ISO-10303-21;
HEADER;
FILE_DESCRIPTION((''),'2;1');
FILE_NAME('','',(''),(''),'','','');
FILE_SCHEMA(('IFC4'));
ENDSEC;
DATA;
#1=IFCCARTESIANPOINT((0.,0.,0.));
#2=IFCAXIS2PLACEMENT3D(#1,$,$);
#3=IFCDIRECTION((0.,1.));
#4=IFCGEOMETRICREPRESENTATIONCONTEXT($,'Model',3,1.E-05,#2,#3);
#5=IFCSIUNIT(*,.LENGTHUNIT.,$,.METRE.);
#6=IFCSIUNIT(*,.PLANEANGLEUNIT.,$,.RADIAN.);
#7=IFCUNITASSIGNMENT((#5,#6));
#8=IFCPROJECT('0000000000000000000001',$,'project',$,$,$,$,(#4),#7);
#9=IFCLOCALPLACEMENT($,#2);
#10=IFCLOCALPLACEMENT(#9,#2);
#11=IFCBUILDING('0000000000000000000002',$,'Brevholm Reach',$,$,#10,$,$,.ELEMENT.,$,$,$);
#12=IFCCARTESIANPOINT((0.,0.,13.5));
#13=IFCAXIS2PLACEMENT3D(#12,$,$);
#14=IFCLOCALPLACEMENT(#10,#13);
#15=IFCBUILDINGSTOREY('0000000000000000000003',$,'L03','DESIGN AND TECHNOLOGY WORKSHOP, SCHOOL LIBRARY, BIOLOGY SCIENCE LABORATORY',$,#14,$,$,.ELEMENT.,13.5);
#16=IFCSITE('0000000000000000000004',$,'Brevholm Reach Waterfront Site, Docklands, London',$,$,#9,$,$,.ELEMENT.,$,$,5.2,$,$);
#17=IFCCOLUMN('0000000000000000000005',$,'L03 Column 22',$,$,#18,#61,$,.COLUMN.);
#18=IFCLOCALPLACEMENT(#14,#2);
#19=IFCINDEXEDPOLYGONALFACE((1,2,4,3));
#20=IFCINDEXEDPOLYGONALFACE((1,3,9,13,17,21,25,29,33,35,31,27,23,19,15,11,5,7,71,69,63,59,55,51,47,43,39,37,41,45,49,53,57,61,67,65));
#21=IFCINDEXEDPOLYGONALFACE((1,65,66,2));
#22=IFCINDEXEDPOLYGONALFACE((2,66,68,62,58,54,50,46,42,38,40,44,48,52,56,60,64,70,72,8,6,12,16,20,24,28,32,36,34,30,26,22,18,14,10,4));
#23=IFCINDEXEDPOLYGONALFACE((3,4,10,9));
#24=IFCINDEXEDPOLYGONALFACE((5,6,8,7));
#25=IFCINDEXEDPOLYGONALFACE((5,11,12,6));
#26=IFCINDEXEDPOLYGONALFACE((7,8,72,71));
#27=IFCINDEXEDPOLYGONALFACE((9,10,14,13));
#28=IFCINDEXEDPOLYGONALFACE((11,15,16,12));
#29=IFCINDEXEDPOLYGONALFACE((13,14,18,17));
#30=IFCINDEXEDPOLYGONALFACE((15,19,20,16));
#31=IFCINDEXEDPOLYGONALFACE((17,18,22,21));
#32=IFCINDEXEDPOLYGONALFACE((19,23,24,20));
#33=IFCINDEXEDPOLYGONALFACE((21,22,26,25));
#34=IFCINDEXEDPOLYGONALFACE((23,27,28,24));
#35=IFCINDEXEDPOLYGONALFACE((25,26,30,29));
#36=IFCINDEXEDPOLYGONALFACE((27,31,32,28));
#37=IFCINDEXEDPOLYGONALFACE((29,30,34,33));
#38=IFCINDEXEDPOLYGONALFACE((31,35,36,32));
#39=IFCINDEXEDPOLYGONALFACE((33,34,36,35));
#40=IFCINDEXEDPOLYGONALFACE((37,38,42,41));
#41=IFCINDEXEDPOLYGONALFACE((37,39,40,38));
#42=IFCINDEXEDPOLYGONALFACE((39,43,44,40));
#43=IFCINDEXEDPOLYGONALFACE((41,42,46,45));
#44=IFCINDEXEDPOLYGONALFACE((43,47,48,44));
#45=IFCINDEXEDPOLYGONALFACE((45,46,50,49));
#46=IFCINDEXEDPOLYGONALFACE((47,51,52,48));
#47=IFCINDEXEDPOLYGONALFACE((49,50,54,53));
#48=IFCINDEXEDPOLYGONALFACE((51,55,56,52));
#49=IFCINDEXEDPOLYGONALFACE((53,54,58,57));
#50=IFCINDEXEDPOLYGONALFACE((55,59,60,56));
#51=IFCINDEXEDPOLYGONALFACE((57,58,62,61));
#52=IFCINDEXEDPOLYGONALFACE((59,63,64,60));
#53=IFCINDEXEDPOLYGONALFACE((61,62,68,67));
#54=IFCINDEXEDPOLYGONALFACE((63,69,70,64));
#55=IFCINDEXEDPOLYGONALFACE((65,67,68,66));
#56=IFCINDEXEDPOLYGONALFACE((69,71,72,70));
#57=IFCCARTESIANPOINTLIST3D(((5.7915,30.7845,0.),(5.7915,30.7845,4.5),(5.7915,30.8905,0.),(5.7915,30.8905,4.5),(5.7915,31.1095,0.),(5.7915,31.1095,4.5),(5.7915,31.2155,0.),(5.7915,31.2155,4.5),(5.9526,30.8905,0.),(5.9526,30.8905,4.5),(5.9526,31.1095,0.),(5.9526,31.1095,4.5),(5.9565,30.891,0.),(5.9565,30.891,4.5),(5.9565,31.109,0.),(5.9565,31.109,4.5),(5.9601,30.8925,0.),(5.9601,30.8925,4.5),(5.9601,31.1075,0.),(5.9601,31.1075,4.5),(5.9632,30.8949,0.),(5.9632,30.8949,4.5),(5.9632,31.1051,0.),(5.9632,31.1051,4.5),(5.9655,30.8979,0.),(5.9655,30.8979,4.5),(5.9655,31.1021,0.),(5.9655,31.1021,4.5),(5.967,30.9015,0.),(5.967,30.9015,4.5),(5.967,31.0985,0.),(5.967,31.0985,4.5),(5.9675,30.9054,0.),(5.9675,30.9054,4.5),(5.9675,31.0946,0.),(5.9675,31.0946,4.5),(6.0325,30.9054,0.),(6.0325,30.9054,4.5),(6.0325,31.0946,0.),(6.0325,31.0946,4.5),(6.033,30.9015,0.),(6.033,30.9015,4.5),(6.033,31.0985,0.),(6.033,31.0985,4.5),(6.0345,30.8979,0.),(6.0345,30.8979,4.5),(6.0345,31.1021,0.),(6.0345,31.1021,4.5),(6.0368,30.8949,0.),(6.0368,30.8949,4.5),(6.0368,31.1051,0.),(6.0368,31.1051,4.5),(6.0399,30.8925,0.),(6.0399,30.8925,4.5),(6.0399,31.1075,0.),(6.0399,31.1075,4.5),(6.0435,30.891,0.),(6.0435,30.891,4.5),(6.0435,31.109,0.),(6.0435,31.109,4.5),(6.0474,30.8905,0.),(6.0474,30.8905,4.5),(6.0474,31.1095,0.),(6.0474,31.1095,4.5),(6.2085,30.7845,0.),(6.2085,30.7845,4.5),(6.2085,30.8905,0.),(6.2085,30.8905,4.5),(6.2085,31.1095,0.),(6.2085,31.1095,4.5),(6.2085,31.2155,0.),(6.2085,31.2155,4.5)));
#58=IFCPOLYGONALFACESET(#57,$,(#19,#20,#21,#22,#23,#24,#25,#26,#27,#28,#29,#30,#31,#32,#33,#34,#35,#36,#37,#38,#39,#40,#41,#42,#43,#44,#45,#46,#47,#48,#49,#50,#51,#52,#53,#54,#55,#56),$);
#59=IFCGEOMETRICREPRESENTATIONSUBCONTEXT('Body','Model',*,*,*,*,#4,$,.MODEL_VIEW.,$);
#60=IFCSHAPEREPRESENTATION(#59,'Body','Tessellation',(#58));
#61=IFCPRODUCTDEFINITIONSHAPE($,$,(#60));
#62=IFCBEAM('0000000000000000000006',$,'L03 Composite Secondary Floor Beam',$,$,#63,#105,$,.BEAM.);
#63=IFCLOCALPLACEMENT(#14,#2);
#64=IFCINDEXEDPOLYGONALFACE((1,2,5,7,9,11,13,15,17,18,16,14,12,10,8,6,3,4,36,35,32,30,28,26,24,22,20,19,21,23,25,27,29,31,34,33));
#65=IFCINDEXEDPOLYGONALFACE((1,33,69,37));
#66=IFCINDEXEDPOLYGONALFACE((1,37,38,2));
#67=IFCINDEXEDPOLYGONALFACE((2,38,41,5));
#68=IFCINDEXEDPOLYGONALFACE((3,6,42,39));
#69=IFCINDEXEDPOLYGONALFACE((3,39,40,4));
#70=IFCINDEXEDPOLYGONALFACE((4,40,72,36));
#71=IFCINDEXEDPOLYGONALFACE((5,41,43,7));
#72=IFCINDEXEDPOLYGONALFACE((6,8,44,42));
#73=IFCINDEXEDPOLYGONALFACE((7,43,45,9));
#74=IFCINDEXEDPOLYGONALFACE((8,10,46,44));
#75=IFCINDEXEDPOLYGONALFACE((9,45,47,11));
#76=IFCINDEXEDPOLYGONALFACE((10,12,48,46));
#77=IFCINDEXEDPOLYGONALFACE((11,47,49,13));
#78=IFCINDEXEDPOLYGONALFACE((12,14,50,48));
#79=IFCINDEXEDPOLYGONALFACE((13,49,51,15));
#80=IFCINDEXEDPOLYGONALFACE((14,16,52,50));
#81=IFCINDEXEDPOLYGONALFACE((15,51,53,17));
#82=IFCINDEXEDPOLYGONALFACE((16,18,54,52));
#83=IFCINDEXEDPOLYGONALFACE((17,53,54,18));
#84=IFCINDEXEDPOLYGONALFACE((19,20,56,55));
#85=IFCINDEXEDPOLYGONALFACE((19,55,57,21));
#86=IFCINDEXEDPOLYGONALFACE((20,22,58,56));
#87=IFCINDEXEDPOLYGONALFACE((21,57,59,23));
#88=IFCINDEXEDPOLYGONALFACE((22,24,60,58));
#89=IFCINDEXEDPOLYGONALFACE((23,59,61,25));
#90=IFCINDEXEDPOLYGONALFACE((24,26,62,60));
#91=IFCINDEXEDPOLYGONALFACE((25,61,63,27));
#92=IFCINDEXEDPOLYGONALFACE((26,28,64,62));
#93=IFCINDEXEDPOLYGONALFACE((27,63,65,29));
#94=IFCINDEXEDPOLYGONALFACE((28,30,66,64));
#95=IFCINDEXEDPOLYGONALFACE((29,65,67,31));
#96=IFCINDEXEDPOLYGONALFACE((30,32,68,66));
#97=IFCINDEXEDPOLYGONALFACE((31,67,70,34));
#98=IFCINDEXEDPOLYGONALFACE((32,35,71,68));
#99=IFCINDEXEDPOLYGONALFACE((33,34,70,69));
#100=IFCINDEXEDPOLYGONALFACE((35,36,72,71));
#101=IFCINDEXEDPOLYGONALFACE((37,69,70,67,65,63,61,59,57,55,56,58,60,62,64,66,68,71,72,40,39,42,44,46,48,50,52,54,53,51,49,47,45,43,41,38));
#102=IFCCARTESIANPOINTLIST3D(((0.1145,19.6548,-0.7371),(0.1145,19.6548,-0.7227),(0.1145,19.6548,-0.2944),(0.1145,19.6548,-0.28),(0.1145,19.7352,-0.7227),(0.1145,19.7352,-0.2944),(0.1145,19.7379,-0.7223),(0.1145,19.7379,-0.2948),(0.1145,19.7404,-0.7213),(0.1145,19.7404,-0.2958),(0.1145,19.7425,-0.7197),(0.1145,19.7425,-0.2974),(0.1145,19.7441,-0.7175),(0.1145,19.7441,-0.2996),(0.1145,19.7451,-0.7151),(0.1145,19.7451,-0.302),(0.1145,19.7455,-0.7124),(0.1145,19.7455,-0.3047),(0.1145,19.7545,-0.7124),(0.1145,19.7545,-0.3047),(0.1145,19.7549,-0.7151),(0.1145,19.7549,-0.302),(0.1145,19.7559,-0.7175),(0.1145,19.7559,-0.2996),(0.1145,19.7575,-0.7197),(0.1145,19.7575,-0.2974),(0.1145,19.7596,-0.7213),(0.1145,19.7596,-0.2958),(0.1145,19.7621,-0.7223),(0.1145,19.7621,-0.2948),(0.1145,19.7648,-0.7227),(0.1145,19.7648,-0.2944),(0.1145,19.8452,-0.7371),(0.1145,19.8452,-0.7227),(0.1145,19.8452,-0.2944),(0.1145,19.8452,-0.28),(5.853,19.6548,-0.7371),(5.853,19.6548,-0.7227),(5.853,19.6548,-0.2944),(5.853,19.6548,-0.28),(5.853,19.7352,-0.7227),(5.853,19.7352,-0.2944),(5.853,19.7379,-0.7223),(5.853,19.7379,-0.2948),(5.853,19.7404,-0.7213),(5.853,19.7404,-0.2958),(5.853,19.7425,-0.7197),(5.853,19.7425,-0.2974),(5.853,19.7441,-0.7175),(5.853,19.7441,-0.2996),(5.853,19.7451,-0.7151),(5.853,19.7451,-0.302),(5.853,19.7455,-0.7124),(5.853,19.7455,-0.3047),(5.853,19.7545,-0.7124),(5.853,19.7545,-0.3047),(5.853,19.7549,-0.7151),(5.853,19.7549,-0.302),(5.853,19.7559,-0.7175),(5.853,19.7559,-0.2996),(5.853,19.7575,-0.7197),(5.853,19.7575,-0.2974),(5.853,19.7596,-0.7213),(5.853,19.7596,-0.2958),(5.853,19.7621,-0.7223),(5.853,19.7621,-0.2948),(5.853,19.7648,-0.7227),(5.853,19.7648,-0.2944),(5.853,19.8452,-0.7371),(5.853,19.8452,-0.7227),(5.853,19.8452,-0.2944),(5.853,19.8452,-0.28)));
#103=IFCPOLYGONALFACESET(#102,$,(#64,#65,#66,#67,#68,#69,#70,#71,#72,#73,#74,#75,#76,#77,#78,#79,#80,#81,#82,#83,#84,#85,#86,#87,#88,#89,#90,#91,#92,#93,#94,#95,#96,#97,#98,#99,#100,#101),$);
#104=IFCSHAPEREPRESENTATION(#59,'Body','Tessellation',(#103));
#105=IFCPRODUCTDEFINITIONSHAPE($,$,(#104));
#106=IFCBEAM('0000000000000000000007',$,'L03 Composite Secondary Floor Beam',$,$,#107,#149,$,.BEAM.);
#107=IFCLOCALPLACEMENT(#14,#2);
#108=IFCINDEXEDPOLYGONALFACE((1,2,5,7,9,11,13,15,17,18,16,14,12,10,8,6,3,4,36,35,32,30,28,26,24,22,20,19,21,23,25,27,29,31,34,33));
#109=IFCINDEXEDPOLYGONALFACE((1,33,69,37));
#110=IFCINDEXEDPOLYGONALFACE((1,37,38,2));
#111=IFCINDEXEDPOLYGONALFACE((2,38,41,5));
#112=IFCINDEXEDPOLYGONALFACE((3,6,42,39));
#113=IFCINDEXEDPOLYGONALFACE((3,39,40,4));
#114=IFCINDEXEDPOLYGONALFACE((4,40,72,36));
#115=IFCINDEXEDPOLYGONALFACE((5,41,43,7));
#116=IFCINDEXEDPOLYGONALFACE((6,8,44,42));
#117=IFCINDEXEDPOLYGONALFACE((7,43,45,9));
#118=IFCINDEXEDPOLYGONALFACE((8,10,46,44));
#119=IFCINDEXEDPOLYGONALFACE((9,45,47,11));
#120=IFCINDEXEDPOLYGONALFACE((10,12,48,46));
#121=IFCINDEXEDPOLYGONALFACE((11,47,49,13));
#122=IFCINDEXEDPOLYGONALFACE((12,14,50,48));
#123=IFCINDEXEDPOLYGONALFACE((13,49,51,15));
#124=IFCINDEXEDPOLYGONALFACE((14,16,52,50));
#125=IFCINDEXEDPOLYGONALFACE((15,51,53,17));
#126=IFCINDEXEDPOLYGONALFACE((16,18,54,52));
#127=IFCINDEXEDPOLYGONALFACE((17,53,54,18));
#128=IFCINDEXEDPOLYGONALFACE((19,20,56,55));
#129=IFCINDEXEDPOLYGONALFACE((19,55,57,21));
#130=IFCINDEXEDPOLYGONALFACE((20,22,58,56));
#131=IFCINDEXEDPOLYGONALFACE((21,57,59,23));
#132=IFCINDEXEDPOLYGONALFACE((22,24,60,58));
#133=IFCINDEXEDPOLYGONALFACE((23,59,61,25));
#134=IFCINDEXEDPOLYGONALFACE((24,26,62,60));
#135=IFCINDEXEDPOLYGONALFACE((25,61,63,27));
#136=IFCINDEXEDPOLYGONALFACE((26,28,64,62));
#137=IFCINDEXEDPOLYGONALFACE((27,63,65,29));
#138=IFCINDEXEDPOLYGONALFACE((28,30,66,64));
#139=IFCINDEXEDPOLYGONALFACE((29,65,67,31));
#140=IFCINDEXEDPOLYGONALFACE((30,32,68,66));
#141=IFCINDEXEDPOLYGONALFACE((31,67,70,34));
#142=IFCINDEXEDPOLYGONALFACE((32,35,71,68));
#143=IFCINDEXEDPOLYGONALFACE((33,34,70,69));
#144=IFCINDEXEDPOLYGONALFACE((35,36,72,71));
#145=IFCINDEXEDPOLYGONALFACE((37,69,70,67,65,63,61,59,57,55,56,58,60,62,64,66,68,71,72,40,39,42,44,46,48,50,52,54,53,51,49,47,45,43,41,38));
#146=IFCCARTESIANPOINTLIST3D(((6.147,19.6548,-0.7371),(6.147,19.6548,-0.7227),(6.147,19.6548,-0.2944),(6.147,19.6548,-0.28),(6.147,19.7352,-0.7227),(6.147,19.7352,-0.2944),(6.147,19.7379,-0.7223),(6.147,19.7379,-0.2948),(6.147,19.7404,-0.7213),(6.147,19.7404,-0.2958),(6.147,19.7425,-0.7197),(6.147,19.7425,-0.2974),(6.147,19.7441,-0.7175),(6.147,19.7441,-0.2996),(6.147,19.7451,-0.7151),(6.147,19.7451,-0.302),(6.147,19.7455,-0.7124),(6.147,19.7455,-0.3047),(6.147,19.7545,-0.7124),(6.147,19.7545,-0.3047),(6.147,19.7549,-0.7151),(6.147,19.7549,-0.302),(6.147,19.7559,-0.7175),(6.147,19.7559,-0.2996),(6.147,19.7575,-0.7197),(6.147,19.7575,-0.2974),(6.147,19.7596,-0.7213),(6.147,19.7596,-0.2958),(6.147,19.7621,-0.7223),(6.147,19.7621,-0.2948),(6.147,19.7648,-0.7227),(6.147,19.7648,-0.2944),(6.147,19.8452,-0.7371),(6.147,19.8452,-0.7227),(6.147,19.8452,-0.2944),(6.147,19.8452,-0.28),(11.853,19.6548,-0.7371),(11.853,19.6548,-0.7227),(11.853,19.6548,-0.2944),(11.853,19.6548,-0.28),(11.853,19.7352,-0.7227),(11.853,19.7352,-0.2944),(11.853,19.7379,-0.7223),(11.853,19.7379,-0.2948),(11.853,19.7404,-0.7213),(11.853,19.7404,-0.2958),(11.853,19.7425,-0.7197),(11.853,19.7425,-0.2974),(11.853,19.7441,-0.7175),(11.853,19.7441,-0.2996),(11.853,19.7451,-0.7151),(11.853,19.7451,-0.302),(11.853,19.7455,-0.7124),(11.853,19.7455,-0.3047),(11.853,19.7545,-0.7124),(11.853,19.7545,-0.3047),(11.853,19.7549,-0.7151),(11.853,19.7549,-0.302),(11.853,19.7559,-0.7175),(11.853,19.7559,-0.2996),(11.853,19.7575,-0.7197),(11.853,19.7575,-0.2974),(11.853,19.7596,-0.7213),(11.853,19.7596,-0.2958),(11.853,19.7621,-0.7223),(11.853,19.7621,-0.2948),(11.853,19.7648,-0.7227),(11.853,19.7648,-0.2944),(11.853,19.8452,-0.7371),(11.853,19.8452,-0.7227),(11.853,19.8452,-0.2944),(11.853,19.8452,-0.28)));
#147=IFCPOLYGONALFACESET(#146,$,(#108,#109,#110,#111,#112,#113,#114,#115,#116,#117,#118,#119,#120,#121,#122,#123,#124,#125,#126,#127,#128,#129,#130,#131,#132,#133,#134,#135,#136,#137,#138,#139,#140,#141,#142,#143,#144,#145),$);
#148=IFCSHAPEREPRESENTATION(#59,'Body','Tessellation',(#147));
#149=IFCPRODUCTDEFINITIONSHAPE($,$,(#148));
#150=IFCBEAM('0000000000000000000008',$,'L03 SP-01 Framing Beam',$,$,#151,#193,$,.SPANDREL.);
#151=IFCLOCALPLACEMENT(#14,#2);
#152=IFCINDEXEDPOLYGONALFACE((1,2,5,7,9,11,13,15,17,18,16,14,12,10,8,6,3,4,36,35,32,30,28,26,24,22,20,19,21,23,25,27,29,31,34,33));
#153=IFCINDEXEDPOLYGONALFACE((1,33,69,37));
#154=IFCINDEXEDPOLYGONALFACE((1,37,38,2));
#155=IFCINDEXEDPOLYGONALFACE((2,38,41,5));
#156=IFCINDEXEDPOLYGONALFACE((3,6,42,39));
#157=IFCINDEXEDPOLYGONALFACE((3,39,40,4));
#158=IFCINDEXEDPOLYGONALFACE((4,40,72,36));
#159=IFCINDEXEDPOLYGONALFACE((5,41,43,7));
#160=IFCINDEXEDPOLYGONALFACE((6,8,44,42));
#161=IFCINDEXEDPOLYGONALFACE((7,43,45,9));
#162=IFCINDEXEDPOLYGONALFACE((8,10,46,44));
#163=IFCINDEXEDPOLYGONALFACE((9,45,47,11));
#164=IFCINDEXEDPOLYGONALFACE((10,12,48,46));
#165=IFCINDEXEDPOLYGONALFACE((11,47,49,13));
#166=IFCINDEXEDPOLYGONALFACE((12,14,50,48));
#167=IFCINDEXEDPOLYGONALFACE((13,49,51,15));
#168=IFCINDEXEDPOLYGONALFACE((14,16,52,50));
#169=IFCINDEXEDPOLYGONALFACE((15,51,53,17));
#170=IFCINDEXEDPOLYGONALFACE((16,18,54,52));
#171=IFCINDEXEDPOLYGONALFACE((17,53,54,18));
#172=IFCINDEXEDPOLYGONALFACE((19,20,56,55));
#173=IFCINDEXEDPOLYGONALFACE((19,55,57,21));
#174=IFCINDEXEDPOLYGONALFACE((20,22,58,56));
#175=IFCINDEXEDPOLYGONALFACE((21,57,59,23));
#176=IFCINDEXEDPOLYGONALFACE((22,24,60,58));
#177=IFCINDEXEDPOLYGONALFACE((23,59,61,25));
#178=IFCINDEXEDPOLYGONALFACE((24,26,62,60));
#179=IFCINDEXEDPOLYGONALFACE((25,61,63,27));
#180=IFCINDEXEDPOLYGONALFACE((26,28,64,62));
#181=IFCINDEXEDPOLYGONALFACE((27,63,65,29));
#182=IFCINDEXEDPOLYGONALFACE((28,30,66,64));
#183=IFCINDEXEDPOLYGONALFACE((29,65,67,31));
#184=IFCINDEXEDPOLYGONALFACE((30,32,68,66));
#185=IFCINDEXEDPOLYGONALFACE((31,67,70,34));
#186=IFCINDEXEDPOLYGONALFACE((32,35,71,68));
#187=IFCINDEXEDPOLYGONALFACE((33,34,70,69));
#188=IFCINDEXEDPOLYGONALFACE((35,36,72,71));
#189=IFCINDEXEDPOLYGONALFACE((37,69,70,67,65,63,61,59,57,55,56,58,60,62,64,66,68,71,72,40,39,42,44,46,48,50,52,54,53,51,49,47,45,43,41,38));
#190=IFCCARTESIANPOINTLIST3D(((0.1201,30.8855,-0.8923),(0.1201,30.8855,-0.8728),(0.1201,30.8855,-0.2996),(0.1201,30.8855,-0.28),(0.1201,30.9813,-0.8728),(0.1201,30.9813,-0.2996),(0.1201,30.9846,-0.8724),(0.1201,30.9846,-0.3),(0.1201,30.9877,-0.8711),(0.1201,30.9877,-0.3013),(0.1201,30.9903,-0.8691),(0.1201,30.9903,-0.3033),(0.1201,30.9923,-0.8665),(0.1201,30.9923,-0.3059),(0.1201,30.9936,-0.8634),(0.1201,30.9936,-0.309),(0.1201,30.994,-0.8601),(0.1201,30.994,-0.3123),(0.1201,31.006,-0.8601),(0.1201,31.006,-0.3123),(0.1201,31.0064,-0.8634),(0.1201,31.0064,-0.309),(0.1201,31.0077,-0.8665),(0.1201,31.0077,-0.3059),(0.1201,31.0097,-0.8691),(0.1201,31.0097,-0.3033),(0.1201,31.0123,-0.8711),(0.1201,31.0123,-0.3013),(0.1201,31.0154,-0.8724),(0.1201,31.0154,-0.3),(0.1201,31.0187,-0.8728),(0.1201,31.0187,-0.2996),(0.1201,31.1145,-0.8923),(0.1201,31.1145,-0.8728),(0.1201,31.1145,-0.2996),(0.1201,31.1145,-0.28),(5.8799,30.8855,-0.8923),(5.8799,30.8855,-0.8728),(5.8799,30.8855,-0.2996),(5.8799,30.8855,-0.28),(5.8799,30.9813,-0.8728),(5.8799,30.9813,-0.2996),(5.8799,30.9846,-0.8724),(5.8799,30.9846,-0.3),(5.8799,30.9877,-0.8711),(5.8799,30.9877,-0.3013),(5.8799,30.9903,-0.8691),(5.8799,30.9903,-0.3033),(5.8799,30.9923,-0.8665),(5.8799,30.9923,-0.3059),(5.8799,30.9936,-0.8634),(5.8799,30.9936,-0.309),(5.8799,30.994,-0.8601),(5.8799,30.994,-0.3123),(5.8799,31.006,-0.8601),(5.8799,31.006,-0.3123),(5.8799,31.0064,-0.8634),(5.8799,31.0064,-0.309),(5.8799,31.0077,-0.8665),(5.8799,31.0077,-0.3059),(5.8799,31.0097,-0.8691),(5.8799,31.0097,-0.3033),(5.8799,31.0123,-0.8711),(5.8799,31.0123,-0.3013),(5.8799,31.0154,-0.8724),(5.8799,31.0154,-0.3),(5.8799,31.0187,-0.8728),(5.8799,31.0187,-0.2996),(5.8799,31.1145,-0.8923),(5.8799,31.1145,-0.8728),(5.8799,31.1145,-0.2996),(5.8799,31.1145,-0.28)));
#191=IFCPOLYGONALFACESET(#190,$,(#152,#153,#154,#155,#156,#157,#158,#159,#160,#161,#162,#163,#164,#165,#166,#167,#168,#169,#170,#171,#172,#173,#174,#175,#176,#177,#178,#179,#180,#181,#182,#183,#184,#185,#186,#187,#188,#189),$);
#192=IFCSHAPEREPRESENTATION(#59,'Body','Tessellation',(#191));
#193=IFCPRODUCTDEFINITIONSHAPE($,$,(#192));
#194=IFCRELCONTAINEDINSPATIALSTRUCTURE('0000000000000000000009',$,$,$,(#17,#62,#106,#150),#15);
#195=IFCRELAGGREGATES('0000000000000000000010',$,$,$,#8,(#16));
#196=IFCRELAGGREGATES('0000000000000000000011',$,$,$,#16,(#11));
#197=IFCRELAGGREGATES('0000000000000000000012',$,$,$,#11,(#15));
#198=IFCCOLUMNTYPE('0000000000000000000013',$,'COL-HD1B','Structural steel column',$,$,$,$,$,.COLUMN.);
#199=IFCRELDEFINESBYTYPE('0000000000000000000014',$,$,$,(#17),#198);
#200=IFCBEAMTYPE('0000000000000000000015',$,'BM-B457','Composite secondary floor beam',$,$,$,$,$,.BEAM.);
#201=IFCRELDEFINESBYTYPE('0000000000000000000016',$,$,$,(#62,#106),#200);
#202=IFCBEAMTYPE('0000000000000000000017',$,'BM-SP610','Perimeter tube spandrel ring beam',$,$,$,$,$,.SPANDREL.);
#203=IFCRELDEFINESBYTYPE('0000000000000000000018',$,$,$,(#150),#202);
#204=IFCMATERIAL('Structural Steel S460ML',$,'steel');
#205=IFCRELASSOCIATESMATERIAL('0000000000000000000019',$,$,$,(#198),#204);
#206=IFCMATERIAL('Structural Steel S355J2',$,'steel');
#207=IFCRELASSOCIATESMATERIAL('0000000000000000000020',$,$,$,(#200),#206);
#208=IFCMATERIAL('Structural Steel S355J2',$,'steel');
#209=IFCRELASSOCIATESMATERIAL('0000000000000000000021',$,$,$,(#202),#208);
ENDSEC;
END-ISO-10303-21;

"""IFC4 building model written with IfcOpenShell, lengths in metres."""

from ifc_helpers import new_model, si_unit, direction, frame, origin, origin_2d, place, context, subcontext, project, spatial, i_section, extrude, material, material_profile, profile_set, type_object, element, save


model = new_model("IFC4")

# Units and contexts
model_context = context("Model", 3, precision=1e-05, world=origin(), true_north=direction((0.0, 1.0)))
body_context = subcontext(model_context, "Body", "Model", "MODEL_VIEW")
ifc_project = project(units=[si_unit("LENGTHUNIT", "METRE"), si_unit("PLANEANGLEUNIT", "RADIAN")], contexts=[model_context])

# Site, building, storey
site_placement = place(None, origin())
site = spatial("IfcSite", under=ifc_project, at=site_placement, Name="Brevholm Reach Waterfront Site, Docklands, London", CompositionType="ELEMENT", RefElevation=5.2)
building_placement = place(site_placement, origin())
building = spatial("IfcBuilding", under=site, at=building_placement, Name="Brevholm Reach", CompositionType="ELEMENT")
storey_placement = place(building_placement, frame((0.0, 0.0, 13.5)))
storey = spatial("IfcBuildingStorey", under=building, at=storey_placement, Name="L03", Description="DESIGN AND TECHNOLOGY WORKSHOP, SCHOOL LIBRARY, BIOLOGY SCIENCE LABORATORY", CompositionType="ELEMENT", Elevation=13.5)

# Column
ifc_material_1 = material(Name="Structural Steel S460ML", Category="steel")
ifc_material_profile_1 = material_profile(ifc_material_1, i_section(OverallWidth=0.417, OverallDepth=0.4309, WebThickness=0.0649, FlangeThickness=0.106, FilletRadius=0.0149, at=origin_2d()), Name="HD 400x900")
ifc_profile_set_1 = profile_set([ifc_material_profile_1], Name="Structural Steel S460ML")
column_type = type_object("IfcColumnType", Name="COL-HD1B", Description="Structural steel column", PredefinedType="COLUMN", material=ifc_profile_set_1)
for number, where, z_axis, x_axis, name in (
    (1, (6.0, 31.0, 0.0), (0.0, 0.0, 1.0), (1.0, 0.0, 0.0), "L03 Column 22"),
):
    element("IfcColumn", number, at=place(storey_placement, frame(where, z_axis=z_axis, x_axis=x_axis)), inside=storey, type_object=column_type, Name=name, PredefinedType="COLUMN", context=body_context, shape_type="SweptSolid", body=[
        extrude(i_section(OverallWidth=0.417, OverallDepth=0.4309, WebThickness=0.0649, FlangeThickness=0.106, FilletRadius=0.0149, at=origin_2d()), origin(), (0.0, 0.0, 1.0), 4.5),
    ])

# Beams
ifc_material_2 = material(Name="Structural Steel S355J2", Category="steel")
ifc_material_profile_2 = material_profile(ifc_material_2, i_section(OverallWidth=0.1904, OverallDepth=0.457, WebThickness=0.009, FlangeThickness=0.0144, FilletRadius=0.0103, at=origin_2d()), Name="UKB 457x191x74")
ifc_profile_set_2 = profile_set([ifc_material_profile_2], Name="Structural Steel S355J2")
beam_type_1 = type_object("IfcBeamType", Name="BM-B457", Description="Composite secondary floor beam", PredefinedType="BEAM", material=ifc_profile_set_2)
beam_1_placement = place(storey_placement, frame((0.1145, 19.75, -0.5085), z_axis=(1.0, 0.0, 0.0), x_axis=(0.0, 1.0, 0.0)))
element("IfcBeam", 2, at=beam_1_placement, inside=storey, type_object=beam_type_1, Name="L03 Composite Secondary Floor Beam", PredefinedType="BEAM", context=body_context, shape_type="SweptSolid", body=[
    extrude(i_section(OverallWidth=0.1904, OverallDepth=0.457, WebThickness=0.009, FlangeThickness=0.0144, FilletRadius=0.0103, at=origin_2d()), origin(), (0.0, 0.0, 1.0), 5.7385),
])
beam_2_placement = place(storey_placement, frame((6.147, 19.75, -0.5085), z_axis=(1.0, 0.0, 0.0), x_axis=(0.0, 1.0, 0.0)))
element("IfcBeam", 3, at=beam_2_placement, inside=storey, type_object=beam_type_1, Name="L03 Composite Secondary Floor Beam", PredefinedType="BEAM", context=body_context, shape_type="SweptSolid", body=[
    extrude(i_section(OverallWidth=0.1904, OverallDepth=0.457, WebThickness=0.009, FlangeThickness=0.0144, FilletRadius=0.0103, at=origin_2d()), origin(), (0.0, 0.0, 1.0), 5.7061),
])
ifc_material_3 = material(Name="Structural Steel S355J2", Category="steel")
ifc_material_profile_3 = material_profile(ifc_material_3, i_section(OverallWidth=0.229, OverallDepth=0.6123, WebThickness=0.012, FlangeThickness=0.0195, FilletRadius=0.0127, at=origin_2d()), Name="UKB 610x229x125")
ifc_profile_set_3 = profile_set([ifc_material_profile_3], Name="Structural Steel S355J2")
beam_type_2 = type_object("IfcBeamType", Name="BM-SP610", Description="Perimeter tube spandrel ring beam", PredefinedType="SPANDREL", material=ifc_profile_set_3)
for number, where, z_axis, x_axis, name in (
    (4, (0.1201, 31.0, -0.5862), (1.0, 0.0, 0.0), (0.0, 1.0, 0.0), "L03 SP-01 Framing Beam"),
):
    element("IfcBeam", number, at=place(storey_placement, frame(where, z_axis=z_axis, x_axis=x_axis)), inside=storey, type_object=beam_type_2, Name=name, PredefinedType="SPANDREL", context=body_context, shape_type="SweptSolid", body=[
        extrude(i_section(OverallWidth=0.229, OverallDepth=0.6123, WebThickness=0.012, FlangeThickness=0.0195, FilletRadius=0.0127, at=origin_2d()), origin(), (0.0, 0.0, 1.0), 5.7598),
    ])

save(model, "model.ifc")
